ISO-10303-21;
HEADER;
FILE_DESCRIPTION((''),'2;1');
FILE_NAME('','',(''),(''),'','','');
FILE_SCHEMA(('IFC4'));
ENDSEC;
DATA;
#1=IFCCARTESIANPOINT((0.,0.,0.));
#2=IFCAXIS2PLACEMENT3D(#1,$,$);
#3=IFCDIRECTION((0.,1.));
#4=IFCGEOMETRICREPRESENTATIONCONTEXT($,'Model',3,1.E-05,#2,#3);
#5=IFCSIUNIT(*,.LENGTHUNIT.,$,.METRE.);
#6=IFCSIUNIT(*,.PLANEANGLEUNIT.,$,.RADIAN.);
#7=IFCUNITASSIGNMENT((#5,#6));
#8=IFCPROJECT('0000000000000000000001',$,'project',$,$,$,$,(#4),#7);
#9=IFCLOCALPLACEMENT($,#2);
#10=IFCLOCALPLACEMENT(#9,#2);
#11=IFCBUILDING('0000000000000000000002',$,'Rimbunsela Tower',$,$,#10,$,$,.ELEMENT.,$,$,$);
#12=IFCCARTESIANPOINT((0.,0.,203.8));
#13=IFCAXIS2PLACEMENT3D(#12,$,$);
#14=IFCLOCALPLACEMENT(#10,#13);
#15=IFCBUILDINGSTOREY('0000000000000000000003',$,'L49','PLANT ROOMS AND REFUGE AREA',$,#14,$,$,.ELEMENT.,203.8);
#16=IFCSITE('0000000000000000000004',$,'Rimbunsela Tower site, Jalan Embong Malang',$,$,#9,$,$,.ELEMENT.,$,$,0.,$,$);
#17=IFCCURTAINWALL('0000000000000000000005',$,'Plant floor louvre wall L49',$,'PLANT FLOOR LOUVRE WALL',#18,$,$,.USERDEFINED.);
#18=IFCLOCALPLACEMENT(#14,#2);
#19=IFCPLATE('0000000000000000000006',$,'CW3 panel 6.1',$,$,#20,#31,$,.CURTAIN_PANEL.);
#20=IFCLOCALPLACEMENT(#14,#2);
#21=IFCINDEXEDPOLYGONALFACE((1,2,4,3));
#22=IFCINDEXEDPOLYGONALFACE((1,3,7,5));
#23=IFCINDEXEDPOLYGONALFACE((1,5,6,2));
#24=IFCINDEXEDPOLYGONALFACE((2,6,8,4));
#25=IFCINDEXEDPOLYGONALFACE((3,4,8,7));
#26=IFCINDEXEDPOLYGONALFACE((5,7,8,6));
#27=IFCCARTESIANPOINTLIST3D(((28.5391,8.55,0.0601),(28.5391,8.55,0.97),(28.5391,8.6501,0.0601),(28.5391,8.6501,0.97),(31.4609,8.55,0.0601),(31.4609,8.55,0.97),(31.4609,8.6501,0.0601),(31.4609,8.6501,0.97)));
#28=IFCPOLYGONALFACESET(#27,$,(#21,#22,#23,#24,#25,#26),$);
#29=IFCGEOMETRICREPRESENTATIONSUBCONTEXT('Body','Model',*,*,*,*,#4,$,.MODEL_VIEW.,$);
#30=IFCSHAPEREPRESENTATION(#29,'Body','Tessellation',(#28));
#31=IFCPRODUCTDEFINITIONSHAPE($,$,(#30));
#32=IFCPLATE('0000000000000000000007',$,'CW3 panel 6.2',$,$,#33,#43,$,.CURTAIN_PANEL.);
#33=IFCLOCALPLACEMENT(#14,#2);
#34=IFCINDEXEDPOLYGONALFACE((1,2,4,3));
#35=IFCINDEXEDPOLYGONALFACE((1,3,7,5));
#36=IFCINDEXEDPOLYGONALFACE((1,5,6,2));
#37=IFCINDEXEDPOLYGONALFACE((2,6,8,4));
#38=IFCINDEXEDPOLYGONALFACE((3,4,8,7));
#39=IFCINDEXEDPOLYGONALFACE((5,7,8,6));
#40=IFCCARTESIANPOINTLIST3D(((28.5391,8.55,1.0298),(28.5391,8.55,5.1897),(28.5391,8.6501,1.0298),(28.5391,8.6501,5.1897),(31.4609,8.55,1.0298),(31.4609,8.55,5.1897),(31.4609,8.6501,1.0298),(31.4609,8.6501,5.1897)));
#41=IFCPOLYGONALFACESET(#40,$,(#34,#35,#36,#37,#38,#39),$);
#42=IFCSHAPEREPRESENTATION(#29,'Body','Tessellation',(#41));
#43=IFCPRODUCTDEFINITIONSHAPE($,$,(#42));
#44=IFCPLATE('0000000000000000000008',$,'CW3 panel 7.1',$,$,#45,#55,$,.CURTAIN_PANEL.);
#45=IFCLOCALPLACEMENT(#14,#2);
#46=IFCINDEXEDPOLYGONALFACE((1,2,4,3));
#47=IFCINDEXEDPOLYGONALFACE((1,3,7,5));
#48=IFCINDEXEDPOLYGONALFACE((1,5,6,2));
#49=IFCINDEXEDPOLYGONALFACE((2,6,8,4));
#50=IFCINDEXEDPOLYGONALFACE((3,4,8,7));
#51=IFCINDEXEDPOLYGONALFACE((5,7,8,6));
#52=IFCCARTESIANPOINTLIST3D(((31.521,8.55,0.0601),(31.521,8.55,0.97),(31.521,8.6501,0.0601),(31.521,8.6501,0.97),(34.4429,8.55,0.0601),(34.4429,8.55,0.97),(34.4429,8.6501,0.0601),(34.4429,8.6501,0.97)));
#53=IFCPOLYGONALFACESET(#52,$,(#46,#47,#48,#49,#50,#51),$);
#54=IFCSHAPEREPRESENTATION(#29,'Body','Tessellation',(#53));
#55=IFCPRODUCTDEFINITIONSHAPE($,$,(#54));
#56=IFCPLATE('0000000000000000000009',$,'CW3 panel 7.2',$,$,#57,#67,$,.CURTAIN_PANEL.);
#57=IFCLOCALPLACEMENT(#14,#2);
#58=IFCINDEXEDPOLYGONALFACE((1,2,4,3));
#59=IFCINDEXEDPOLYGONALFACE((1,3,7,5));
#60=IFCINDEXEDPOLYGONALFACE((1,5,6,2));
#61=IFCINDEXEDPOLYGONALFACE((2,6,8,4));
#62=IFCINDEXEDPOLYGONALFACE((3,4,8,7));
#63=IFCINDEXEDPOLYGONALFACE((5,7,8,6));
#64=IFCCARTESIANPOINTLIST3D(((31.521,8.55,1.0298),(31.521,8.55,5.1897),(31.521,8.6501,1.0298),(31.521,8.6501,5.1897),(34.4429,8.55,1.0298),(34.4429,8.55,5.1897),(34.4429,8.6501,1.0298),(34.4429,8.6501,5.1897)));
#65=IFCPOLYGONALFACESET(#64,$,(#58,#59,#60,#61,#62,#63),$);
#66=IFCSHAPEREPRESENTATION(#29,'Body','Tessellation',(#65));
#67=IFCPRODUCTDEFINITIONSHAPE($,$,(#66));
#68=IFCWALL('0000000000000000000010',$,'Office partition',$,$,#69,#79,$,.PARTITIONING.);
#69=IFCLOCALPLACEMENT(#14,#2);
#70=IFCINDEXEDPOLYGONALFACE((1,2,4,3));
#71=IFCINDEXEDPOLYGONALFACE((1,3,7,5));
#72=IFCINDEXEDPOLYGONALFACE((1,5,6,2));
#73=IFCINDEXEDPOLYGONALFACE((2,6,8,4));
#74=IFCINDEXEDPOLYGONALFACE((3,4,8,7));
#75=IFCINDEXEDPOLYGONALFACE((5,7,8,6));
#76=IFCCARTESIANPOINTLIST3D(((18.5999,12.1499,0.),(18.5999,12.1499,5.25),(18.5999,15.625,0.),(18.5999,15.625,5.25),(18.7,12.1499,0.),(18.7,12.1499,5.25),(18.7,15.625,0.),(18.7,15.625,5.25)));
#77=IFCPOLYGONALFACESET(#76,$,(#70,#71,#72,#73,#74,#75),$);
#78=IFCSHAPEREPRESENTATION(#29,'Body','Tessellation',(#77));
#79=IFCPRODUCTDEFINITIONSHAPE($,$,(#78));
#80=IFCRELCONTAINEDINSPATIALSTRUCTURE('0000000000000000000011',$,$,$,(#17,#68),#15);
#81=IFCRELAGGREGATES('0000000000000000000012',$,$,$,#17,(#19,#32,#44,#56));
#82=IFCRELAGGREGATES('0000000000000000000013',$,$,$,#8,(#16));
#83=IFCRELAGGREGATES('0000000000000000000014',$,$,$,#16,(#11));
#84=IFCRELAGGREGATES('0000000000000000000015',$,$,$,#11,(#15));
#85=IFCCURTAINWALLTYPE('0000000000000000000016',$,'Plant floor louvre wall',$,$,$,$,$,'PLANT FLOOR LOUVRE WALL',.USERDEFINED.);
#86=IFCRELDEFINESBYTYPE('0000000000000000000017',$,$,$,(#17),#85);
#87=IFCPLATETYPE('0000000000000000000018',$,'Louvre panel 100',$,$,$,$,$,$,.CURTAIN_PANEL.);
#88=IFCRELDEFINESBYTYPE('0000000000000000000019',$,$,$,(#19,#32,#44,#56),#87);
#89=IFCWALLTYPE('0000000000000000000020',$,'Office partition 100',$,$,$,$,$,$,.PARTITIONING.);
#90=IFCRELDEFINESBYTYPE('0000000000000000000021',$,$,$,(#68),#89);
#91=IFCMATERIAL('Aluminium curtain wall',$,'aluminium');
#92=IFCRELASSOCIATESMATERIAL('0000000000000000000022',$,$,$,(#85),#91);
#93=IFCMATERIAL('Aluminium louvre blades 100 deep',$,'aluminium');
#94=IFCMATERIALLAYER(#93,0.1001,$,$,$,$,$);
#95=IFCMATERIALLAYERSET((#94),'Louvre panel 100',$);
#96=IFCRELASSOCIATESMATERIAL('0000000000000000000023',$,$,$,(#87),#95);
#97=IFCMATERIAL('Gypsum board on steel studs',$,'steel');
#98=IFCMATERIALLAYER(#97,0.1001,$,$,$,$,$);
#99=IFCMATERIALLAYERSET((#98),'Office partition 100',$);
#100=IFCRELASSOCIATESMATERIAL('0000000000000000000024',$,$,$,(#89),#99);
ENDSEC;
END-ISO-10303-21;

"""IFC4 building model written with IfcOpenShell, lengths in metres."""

from ifc_helpers import new_model, si_unit, direction, frame, frame_2d, origin, origin_2d, place, context, subcontext, project, spatial, rectangle, extrude, material, layer, layer_set, type_object, element, aggregate, save


model = new_model("IFC4")

# Units and contexts
model_context = context("Model", 3, precision=1e-05, world=origin(), true_north=direction((0.0, 1.0)))
body_context = subcontext(model_context, "Body", "Model", "MODEL_VIEW")
ifc_project = project(units=[si_unit("LENGTHUNIT", "METRE"), si_unit("PLANEANGLEUNIT", "RADIAN")], contexts=[model_context])

# Site, building, storey
site_placement = place(None, origin())
site = spatial("IfcSite", under=ifc_project, at=site_placement, Name="Rimbunsela Tower site, Jalan Embong Malang", CompositionType="ELEMENT", RefElevation=0.0)
building_placement = place(site_placement, origin())
building = spatial("IfcBuilding", under=site, at=building_placement, Name="Rimbunsela Tower", CompositionType="ELEMENT")
storey_placement = place(building_placement, frame((0.0, 0.0, 203.8)))
storey = spatial("IfcBuildingStorey", under=building, at=storey_placement, Name="L49", Description="PLANT ROOMS AND REFUGE AREA", CompositionType="ELEMENT", Elevation=203.8)

# Curtain wall, plates
ifc_material_1 = material(Name="Aluminium curtain wall", Category="aluminium")
curtain_wall_type = type_object("IfcCurtainWallType", Name="Plant floor louvre wall", ElementType="PLANT FLOOR LOUVRE WALL", PredefinedType="USERDEFINED", material=ifc_material_1)
curtain_wall_placement = place(storey_placement, origin())
curtain_wall = element("IfcCurtainWall", 1, at=curtain_wall_placement, inside=storey, type_object=curtain_wall_type, Name="Plant floor louvre wall L49", ObjectType="PLANT FLOOR LOUVRE WALL", PredefinedType="USERDEFINED")
ifc_material_2 = material(Name="Aluminium louvre blades 100 deep", Category="aluminium")
ifc_layer_1 = layer(ifc_material_2, 0.1001)
ifc_layer_set_1 = layer_set([ifc_layer_1], Name="Louvre panel 100")
plate_type = type_object("IfcPlateType", Name="Louvre panel 100", PredefinedType="CURTAIN_PANEL", material=ifc_layer_set_1)
plate_1_placement = place(storey_placement, frame((30.0, 8.6001, 0.0601), z_axis=(0.0, 0.0, 1.0), x_axis=(1.0, 0.0, 0.0)))
plate_1 = element("IfcPlate", 2, at=plate_1_placement, type_object=plate_type, Name="CW3 panel 6.1", PredefinedType="CURTAIN_PANEL", context=body_context, shape_type="SweptSolid", body=[
    extrude(rectangle(XDim=2.9219, YDim=0.1001, at=origin_2d()), origin(), (0.0, 0.0, 1.0), 0.9099),
])
plate_2_placement = place(storey_placement, frame((30.0, 8.6001, 1.0298), z_axis=(0.0, 0.0, 1.0), x_axis=(1.0, 0.0, 0.0)))
plate_2 = element("IfcPlate", 3, at=plate_2_placement, type_object=plate_type, Name="CW3 panel 6.2", PredefinedType="CURTAIN_PANEL", context=body_context, shape_type="SweptSolid", body=[
    extrude(rectangle(XDim=2.9219, YDim=0.1001, at=origin_2d()), origin(), (0.0, 0.0, 1.0), 4.1599),
])
plate_3_placement = place(storey_placement, frame((32.9819, 8.6001, 0.0601), z_axis=(0.0, 0.0, 1.0), x_axis=(1.0, 0.0, 0.0)))
plate_3 = element("IfcPlate", 4, at=plate_3_placement, type_object=plate_type, Name="CW3 panel 7.1", PredefinedType="CURTAIN_PANEL", context=body_context, shape_type="SweptSolid", body=[
    extrude(rectangle(XDim=2.9219, YDim=0.1001, at=origin_2d()), origin(), (0.0, 0.0, 1.0), 0.9099),
])
plate_4_placement = place(storey_placement, frame((32.9819, 8.6001, 1.0298), z_axis=(0.0, 0.0, 1.0), x_axis=(1.0, 0.0, 0.0)))
plate_4 = element("IfcPlate", 5, at=plate_4_placement, type_object=plate_type, Name="CW3 panel 7.2", PredefinedType="CURTAIN_PANEL", context=body_context, shape_type="SweptSolid", body=[
    extrude(rectangle(XDim=2.9219, YDim=0.1001, at=origin_2d()), origin(), (0.0, 0.0, 1.0), 4.1599),
])
aggregate(curtain_wall, [plate_1, plate_2, plate_3, plate_4])

# Wall
ifc_material_3 = material(Name="Gypsum board on steel studs", Category="steel")
ifc_layer_2 = layer(ifc_material_3, 0.1001)
ifc_layer_set_2 = layer_set([ifc_layer_2], Name="Office partition 100")
wall_type = type_object("IfcWallType", Name="Office partition 100", PredefinedType="PARTITIONING", material=ifc_layer_set_2)
wall_placement = place(storey_placement, frame((18.6499, 12.1499, 0.0), z_axis=(0.0, 0.0, 1.0), x_axis=(0.0, 1.0, 0.0)))
element("IfcWall", 6, at=wall_placement, inside=storey, type_object=wall_type, Name="Office partition", PredefinedType="PARTITIONING", context=body_context, shape_type="SweptSolid", body=[
    extrude(rectangle(XDim=3.4751, YDim=0.1001, at=frame_2d((1.7375, 0.0))), origin(), (0.0, 0.0, 1.0), 5.25),
])

save(model, "model.ifc")
